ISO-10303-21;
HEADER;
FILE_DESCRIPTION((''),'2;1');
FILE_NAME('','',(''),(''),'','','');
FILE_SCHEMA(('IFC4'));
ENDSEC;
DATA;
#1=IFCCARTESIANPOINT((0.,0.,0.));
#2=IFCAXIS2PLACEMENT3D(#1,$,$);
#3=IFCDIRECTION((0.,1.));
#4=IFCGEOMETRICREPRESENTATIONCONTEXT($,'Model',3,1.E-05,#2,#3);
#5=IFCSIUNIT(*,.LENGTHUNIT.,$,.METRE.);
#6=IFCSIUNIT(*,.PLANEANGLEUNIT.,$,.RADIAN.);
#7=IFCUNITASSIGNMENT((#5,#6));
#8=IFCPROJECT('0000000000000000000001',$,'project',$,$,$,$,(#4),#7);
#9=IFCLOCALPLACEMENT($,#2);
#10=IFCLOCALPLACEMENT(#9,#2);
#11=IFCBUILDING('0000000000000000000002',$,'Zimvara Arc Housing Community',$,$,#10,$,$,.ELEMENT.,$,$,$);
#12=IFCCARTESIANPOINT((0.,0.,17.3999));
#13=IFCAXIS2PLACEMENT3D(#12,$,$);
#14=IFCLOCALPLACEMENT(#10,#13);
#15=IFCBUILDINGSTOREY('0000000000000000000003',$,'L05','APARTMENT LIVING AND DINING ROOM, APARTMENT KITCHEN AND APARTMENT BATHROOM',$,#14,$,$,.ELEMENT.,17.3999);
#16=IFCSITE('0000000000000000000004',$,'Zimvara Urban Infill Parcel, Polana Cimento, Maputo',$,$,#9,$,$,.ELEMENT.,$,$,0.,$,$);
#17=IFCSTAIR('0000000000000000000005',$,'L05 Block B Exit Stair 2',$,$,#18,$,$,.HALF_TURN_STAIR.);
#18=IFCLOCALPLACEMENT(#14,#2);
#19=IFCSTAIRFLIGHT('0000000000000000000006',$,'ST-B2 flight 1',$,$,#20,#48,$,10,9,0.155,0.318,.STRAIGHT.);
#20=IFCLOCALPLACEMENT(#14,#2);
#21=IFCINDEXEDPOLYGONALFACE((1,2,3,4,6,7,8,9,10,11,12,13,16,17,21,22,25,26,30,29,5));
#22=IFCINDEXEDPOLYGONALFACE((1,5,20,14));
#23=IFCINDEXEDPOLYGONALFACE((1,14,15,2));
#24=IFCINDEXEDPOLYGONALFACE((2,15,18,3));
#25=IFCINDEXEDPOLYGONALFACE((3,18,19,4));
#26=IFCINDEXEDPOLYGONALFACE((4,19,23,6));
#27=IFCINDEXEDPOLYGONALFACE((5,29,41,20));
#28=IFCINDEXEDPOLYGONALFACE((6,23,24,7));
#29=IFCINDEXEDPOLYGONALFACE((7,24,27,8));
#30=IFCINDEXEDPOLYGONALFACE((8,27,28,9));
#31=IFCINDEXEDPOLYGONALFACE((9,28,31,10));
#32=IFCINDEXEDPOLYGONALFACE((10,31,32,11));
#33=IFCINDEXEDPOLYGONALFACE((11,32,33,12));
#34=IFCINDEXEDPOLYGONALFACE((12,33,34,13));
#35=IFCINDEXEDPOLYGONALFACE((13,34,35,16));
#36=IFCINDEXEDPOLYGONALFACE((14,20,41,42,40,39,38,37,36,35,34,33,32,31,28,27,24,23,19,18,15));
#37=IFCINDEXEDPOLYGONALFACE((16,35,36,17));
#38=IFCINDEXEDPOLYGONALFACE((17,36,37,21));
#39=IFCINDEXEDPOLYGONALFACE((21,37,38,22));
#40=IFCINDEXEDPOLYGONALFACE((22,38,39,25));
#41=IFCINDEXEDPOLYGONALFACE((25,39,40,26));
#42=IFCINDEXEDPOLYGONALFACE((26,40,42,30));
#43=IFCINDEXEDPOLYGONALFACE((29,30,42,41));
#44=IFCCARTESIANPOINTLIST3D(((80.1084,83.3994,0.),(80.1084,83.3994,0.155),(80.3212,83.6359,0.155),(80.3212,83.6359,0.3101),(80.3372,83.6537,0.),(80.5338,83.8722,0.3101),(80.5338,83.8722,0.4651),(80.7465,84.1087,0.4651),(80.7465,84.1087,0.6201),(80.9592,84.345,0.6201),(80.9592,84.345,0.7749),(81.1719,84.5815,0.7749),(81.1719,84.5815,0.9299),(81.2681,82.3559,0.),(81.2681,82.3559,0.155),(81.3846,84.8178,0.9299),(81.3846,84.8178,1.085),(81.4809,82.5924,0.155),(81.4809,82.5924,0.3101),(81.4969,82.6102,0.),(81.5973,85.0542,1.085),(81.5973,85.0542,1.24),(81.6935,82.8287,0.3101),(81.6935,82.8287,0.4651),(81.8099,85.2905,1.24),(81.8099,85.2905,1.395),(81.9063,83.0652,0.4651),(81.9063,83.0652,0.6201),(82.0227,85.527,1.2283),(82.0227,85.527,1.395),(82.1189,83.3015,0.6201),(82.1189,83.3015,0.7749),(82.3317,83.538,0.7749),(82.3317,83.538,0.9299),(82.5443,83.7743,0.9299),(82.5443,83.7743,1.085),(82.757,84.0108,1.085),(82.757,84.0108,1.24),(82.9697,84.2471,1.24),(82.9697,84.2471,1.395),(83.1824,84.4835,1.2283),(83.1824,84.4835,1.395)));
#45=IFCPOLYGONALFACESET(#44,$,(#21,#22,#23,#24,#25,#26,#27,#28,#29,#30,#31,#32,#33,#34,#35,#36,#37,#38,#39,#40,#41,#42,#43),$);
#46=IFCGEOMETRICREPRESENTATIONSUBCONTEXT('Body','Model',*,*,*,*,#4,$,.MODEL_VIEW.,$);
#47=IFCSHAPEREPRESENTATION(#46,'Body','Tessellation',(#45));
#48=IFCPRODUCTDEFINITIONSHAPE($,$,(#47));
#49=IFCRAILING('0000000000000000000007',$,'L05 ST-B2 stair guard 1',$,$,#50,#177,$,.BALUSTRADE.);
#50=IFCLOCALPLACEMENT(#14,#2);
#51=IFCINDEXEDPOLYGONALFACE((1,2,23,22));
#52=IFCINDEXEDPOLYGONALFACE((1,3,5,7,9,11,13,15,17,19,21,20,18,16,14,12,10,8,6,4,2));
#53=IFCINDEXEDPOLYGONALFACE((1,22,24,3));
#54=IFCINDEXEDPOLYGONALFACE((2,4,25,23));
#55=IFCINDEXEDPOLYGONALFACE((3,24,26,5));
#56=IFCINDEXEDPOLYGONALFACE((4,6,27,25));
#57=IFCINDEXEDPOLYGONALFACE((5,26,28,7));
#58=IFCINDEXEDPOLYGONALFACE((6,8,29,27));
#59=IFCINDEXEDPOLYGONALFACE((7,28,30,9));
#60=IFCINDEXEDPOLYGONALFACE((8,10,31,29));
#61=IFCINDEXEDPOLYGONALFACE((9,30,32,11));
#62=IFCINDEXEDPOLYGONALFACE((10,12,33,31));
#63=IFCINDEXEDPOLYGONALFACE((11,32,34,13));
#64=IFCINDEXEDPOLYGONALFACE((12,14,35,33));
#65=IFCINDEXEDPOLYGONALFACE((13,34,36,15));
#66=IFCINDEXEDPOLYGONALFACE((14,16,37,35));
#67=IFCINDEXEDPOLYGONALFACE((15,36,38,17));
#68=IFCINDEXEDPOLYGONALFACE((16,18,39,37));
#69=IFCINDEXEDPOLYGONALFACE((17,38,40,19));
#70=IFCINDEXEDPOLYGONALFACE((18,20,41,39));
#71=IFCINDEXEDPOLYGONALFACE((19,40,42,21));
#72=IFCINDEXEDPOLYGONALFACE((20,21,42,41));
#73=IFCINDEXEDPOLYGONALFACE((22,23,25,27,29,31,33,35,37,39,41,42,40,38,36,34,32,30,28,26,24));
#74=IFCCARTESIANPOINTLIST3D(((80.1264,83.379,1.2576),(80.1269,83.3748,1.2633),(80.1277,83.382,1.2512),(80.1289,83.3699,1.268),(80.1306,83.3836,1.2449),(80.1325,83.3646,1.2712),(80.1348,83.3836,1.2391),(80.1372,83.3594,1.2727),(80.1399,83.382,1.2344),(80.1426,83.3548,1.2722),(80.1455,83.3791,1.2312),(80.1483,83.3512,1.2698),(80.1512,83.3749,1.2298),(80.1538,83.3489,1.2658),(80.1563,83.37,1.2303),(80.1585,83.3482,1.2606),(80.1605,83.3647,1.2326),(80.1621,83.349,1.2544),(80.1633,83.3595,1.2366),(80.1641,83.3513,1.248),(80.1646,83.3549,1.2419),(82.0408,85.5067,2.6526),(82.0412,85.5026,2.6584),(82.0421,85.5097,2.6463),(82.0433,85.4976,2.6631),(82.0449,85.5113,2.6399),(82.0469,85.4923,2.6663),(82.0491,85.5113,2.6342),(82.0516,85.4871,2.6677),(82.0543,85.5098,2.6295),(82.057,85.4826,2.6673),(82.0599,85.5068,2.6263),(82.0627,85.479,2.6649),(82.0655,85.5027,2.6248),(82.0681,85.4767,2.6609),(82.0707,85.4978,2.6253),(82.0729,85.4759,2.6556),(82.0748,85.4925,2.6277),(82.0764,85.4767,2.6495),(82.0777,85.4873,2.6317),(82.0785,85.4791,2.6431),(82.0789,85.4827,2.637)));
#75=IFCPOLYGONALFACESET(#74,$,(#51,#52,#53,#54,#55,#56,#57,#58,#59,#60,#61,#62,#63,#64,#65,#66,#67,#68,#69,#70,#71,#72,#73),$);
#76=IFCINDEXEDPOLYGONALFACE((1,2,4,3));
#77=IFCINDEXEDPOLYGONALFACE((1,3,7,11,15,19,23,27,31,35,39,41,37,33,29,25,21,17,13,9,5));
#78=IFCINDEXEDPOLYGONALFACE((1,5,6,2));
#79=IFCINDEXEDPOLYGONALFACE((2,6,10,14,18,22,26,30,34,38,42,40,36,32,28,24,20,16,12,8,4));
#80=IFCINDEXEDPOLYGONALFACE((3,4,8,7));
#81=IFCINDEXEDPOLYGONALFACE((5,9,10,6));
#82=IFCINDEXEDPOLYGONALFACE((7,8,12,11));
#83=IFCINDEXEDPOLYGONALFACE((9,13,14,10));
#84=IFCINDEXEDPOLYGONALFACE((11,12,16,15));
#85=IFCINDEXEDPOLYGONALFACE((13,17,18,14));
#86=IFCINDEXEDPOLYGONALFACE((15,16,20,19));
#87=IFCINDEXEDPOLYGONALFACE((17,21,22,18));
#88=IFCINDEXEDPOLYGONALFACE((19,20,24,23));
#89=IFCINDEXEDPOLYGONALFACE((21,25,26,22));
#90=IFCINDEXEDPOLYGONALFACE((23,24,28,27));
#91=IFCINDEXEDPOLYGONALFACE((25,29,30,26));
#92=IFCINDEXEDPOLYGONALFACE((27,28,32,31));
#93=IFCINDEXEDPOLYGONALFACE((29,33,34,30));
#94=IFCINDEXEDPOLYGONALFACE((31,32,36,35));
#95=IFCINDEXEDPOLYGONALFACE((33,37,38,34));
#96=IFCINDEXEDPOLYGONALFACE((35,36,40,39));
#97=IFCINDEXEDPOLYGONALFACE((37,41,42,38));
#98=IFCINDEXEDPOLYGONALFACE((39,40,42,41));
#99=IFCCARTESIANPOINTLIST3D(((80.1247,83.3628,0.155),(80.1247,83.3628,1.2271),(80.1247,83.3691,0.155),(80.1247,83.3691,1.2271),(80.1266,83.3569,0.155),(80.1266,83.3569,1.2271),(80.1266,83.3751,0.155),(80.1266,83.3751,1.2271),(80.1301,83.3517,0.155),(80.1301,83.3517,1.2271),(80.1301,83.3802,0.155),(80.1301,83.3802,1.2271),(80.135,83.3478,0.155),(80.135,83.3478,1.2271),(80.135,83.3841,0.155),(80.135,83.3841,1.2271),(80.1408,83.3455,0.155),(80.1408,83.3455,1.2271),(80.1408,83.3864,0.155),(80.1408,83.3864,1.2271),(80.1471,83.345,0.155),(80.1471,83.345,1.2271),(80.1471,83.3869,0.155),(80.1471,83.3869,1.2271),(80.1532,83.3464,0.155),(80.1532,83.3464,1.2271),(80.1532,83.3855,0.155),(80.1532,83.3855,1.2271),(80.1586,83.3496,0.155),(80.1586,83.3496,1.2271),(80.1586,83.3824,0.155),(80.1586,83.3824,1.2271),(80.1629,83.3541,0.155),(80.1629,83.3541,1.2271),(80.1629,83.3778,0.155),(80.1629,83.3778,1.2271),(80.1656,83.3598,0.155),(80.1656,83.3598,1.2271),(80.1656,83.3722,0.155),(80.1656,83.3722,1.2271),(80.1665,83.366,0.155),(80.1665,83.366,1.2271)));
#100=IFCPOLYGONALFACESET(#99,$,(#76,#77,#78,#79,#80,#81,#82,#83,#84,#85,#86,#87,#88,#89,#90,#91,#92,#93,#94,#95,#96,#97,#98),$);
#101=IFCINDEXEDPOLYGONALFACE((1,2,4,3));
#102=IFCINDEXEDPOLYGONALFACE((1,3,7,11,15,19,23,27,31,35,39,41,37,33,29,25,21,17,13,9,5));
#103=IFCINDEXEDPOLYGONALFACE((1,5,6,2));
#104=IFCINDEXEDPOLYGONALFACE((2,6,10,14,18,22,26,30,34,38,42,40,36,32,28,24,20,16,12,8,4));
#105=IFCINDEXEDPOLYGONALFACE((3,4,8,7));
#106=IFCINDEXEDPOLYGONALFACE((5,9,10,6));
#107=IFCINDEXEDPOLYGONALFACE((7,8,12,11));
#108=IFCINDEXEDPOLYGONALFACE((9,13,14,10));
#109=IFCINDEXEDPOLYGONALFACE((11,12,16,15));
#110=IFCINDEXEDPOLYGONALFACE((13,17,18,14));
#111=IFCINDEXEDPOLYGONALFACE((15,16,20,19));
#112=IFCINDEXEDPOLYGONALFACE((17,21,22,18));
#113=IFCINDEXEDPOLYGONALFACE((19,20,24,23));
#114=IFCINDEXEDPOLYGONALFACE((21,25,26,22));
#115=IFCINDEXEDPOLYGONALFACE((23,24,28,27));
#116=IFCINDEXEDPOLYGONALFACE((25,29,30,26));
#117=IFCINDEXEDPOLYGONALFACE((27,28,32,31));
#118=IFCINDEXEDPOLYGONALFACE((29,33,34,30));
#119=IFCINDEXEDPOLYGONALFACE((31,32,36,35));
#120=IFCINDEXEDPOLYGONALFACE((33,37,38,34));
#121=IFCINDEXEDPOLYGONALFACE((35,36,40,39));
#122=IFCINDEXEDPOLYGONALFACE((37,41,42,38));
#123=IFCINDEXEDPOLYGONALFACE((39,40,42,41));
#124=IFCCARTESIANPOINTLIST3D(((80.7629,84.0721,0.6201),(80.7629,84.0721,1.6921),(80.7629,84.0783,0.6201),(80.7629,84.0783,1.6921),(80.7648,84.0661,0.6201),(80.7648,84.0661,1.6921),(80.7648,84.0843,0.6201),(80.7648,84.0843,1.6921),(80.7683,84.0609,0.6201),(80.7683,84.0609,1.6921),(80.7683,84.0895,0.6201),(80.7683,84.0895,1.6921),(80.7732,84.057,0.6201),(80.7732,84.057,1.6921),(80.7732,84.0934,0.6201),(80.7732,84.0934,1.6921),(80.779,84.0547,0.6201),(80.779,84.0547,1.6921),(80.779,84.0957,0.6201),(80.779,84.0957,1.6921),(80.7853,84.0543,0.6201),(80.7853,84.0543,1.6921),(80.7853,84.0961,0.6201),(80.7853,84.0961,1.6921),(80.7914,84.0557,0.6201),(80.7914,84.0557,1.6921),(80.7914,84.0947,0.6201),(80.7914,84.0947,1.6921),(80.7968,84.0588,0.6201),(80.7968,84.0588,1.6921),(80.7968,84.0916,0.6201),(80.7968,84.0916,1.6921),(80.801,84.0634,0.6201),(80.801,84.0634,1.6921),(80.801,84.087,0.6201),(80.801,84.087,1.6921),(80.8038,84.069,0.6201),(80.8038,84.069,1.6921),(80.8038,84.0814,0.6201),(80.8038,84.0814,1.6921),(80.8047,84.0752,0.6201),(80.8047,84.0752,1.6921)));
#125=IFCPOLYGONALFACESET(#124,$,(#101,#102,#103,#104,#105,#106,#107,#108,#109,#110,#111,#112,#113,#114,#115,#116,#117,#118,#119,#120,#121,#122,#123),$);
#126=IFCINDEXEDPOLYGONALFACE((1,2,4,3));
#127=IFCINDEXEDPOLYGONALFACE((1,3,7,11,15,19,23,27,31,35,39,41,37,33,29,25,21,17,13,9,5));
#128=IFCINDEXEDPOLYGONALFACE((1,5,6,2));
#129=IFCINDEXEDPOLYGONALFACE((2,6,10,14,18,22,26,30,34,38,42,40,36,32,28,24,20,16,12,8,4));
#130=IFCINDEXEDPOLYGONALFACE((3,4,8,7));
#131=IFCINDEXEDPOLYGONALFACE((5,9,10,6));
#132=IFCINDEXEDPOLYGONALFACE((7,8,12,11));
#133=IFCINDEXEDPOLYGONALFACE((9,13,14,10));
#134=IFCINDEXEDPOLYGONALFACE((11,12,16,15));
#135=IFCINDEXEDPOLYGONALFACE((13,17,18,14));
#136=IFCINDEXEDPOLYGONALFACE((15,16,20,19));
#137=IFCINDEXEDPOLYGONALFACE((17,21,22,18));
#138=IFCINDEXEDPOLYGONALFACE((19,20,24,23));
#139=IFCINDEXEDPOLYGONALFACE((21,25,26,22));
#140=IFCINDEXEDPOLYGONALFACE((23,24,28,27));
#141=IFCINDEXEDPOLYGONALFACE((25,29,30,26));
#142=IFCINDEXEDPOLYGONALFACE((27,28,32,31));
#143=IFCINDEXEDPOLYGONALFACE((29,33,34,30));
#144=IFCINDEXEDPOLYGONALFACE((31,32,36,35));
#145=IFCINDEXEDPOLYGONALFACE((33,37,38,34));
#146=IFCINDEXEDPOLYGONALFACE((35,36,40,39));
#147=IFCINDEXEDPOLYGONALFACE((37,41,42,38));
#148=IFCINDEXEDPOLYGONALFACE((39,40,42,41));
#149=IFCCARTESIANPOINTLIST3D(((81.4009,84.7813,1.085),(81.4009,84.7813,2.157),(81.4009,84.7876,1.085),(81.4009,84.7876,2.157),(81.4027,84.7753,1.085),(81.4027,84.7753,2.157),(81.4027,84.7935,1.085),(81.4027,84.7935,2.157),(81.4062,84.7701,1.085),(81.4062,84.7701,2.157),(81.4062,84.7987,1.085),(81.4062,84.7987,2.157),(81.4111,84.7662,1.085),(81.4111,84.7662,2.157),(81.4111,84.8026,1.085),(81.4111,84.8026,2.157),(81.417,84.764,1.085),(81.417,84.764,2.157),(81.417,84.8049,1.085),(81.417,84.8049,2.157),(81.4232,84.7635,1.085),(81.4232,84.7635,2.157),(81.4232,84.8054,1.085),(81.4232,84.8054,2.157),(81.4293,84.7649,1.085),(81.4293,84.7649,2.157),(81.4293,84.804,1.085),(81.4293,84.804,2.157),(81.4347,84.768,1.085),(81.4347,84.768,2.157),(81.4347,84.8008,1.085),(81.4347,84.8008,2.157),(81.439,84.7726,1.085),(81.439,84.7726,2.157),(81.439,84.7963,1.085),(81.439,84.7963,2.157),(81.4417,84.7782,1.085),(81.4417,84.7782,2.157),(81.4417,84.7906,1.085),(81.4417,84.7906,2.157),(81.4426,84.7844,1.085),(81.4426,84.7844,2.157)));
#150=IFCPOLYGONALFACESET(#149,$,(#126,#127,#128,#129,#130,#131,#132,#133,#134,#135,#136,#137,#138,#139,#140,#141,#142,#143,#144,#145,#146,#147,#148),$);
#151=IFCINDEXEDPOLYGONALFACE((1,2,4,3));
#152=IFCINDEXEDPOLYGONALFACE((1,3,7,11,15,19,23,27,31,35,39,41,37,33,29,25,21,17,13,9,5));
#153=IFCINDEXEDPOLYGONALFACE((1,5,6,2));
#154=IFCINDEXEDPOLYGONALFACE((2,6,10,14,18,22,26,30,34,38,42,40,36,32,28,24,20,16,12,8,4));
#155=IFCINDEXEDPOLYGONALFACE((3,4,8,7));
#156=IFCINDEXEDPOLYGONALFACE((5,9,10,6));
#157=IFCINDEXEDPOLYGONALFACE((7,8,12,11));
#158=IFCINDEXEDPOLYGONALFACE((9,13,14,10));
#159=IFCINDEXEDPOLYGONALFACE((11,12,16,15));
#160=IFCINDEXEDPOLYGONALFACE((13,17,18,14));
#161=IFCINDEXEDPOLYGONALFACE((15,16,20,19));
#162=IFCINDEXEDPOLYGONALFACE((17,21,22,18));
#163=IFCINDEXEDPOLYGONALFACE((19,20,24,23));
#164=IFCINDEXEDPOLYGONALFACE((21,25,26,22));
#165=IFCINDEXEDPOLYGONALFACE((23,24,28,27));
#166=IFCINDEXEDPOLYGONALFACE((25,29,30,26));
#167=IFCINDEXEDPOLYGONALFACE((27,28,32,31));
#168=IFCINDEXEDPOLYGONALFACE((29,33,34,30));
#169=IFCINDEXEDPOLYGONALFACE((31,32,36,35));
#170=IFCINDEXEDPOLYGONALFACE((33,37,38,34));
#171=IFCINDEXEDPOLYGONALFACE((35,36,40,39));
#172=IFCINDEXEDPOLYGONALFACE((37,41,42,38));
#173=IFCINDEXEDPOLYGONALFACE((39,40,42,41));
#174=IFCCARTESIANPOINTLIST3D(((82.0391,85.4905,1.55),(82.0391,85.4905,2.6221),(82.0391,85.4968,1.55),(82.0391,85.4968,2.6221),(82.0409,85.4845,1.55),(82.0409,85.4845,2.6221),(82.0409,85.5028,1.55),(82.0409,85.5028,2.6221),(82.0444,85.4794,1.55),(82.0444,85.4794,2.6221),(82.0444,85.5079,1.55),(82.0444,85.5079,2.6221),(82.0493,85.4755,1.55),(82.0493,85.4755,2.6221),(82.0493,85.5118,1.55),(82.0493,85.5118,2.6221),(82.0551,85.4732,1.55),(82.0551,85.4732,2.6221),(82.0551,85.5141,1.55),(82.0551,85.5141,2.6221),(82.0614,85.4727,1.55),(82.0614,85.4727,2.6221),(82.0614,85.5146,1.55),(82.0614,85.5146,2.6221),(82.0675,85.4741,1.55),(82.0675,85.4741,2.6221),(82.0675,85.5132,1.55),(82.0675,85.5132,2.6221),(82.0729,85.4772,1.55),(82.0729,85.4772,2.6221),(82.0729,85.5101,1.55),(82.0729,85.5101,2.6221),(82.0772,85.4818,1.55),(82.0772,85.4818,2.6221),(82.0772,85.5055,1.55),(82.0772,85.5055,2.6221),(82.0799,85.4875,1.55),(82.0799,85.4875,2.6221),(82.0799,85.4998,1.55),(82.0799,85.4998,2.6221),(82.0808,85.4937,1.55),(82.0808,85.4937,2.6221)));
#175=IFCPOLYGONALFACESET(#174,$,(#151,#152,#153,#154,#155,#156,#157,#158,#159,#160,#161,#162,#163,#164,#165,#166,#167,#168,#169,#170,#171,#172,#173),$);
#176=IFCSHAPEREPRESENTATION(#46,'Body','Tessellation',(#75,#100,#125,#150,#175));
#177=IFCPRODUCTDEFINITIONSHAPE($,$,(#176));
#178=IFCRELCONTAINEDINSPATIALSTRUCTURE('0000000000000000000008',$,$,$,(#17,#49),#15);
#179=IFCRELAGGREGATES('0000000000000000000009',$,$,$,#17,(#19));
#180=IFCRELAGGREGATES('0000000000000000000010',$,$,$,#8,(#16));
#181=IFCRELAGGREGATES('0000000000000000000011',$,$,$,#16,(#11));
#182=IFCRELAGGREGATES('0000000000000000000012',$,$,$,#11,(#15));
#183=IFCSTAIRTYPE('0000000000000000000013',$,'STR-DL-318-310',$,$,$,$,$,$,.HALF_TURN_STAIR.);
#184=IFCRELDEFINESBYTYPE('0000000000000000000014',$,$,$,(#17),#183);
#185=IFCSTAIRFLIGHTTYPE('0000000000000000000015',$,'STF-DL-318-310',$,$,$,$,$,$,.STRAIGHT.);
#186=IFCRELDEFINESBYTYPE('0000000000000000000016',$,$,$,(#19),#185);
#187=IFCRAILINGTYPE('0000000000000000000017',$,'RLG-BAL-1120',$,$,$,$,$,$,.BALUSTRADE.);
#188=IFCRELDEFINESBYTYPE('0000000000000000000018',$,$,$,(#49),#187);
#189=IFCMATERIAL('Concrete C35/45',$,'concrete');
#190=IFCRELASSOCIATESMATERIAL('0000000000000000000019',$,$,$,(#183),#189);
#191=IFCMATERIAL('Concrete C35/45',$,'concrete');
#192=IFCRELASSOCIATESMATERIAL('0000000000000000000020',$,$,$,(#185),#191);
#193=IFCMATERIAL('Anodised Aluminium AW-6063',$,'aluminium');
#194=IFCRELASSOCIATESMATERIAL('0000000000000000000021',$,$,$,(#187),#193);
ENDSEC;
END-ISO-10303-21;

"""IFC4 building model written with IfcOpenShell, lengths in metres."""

from ifc_helpers import new_model, si_unit, direction, frame, origin, origin_2d, place, context, subcontext, project, spatial, polyline, circle, outline, extrude, material, type_object, element, aggregate, save


model = new_model("IFC4")

# Units and contexts
model_context = context("Model", 3, precision=1e-05, world=origin(), true_north=direction((0.0, 1.0)))
body_context = subcontext(model_context, "Body", "Model", "MODEL_VIEW")
ifc_project = project(units=[si_unit("LENGTHUNIT", "METRE"), si_unit("PLANEANGLEUNIT", "RADIAN")], contexts=[model_context])

# Site, building, storey
site_placement = place(None, origin())
site = spatial("IfcSite", under=ifc_project, at=site_placement, Name="Zimvara Urban Infill Parcel, Polana Cimento, Maputo", CompositionType="ELEMENT", RefElevation=0.0)
building_placement = place(site_placement, origin())
building = spatial("IfcBuilding", under=site, at=building_placement, Name="Zimvara Arc Housing Community", CompositionType="ELEMENT")
storey_placement = place(building_placement, frame((0.0, 0.0, 17.3999)))
storey = spatial("IfcBuildingStorey", under=building, at=storey_placement, Name="L05", Description="APARTMENT LIVING AND DINING ROOM, APARTMENT KITCHEN AND APARTMENT BATHROOM", CompositionType="ELEMENT", Elevation=17.3999)

# Stair, stair flight
ifc_material_1 = material(Name="Concrete C35/45", Category="concrete")
stair_type = type_object("IfcStairType", Name="STR-DL-318-310", PredefinedType="HALF_TURN_STAIR", material=ifc_material_1)
stair_placement = place(storey_placement, origin())
stair = element("IfcStair", 1, at=stair_placement, inside=storey, type_object=stair_type, Name="L05 Block B Exit Stair 2", PredefinedType="HALF_TURN_STAIR")
ifc_material_2 = material(Name="Concrete C35/45", Category="concrete")
stair_flight_type = type_object("IfcStairFlightType", Name="STF-DL-318-310", PredefinedType="STRAIGHT", material=ifc_material_2)
stair_flight_placement = place(storey_placement, frame((80.6882, 82.8777, 0.0), z_axis=(0.0, 0.0, 1.0), x_axis=(0.668871, 0.743378, 0.0)))
stair_flight = element("IfcStairFlight", 2, at=stair_flight_placement, type_object=stair_flight_type, Name="ST-B2 flight 1", NumberOfRisers=10, NumberOfTreads=9, PredefinedType="STRAIGHT", RiserHeight=0.155, TreadLength=0.318, context=body_context, shape_type="SweptSolid", body=[
    extrude(outline(polyline([(0.0, 0.0), (0.0, 0.155), (0.3181, 0.155), (0.3181, 0.3101), (0.636, 0.3101), (0.636, 0.4651), (0.9541, 0.4651), (0.9541, 0.6201), (1.272, 0.6201), (1.272, 0.7749), (1.5901, 0.7749), (1.5901, 0.9299), (1.908, 0.9299), (1.908, 1.085), (2.2261, 1.085), (2.2261, 1.24), (2.5439, 1.24), (2.5439, 1.395), (2.8621, 1.395), (2.8621, 1.55), (2.8621, 1.2283), (0.342, 0.0), (0.0, 0.0)])), frame((0.0, 0.78, 0.0), z_axis=(0.0, -1.0, 0.0), x_axis=(1.0, 0.0, 0.0)), (0.0, 0.0, 1.0), 1.5601),
])
aggregate(stair, [stair_flight])

# Railing
ifc_material_3 = material(Name="Anodised Aluminium AW-6063", Category="aluminium")
railing_type_1 = type_object("IfcRailingType", Name="RLG-BAL-1120", PredefinedType="BALUSTRADE", material=ifc_material_3)
railing_1_placement = place(storey_placement, frame((80.1455, 83.366, 0.155)))
element("IfcRailing", 3, at=railing_1_placement, inside=storey, type_object=railing_type_1, Name="L05 ST-B2 stair guard 1", PredefinedType="BALUSTRADE", context=body_context, shape_type="SweptSolid", body=[
    extrude(circle(Radius=0.0239, at=origin_2d()), frame((0.0, 0.0, 1.0962), z_axis=(0.601232, 0.668248, 0.438138), x_axis=(-0.7434, 0.668847, 0.0)), (0.0, 0.0, 1.0), 3.1841),
    extrude(circle(Radius=0.021, at=origin_2d()), origin(), (0.0, 0.0, 1.0), 1.072),
    extrude(circle(Radius=0.021, at=origin_2d()), frame((0.6382, 0.7092, 0.4651)), (0.0, 0.0, 1.0), 1.072),
    extrude(circle(Radius=0.021, at=origin_2d()), frame((1.2761, 1.4185, 0.9299)), (0.0, 0.0, 1.0), 1.072),
    extrude(circle(Radius=0.021, at=origin_2d()), frame((1.9143, 2.1277, 1.395)), (0.0, 0.0, 1.0), 1.072),
])

save(model, "model.ifc")
